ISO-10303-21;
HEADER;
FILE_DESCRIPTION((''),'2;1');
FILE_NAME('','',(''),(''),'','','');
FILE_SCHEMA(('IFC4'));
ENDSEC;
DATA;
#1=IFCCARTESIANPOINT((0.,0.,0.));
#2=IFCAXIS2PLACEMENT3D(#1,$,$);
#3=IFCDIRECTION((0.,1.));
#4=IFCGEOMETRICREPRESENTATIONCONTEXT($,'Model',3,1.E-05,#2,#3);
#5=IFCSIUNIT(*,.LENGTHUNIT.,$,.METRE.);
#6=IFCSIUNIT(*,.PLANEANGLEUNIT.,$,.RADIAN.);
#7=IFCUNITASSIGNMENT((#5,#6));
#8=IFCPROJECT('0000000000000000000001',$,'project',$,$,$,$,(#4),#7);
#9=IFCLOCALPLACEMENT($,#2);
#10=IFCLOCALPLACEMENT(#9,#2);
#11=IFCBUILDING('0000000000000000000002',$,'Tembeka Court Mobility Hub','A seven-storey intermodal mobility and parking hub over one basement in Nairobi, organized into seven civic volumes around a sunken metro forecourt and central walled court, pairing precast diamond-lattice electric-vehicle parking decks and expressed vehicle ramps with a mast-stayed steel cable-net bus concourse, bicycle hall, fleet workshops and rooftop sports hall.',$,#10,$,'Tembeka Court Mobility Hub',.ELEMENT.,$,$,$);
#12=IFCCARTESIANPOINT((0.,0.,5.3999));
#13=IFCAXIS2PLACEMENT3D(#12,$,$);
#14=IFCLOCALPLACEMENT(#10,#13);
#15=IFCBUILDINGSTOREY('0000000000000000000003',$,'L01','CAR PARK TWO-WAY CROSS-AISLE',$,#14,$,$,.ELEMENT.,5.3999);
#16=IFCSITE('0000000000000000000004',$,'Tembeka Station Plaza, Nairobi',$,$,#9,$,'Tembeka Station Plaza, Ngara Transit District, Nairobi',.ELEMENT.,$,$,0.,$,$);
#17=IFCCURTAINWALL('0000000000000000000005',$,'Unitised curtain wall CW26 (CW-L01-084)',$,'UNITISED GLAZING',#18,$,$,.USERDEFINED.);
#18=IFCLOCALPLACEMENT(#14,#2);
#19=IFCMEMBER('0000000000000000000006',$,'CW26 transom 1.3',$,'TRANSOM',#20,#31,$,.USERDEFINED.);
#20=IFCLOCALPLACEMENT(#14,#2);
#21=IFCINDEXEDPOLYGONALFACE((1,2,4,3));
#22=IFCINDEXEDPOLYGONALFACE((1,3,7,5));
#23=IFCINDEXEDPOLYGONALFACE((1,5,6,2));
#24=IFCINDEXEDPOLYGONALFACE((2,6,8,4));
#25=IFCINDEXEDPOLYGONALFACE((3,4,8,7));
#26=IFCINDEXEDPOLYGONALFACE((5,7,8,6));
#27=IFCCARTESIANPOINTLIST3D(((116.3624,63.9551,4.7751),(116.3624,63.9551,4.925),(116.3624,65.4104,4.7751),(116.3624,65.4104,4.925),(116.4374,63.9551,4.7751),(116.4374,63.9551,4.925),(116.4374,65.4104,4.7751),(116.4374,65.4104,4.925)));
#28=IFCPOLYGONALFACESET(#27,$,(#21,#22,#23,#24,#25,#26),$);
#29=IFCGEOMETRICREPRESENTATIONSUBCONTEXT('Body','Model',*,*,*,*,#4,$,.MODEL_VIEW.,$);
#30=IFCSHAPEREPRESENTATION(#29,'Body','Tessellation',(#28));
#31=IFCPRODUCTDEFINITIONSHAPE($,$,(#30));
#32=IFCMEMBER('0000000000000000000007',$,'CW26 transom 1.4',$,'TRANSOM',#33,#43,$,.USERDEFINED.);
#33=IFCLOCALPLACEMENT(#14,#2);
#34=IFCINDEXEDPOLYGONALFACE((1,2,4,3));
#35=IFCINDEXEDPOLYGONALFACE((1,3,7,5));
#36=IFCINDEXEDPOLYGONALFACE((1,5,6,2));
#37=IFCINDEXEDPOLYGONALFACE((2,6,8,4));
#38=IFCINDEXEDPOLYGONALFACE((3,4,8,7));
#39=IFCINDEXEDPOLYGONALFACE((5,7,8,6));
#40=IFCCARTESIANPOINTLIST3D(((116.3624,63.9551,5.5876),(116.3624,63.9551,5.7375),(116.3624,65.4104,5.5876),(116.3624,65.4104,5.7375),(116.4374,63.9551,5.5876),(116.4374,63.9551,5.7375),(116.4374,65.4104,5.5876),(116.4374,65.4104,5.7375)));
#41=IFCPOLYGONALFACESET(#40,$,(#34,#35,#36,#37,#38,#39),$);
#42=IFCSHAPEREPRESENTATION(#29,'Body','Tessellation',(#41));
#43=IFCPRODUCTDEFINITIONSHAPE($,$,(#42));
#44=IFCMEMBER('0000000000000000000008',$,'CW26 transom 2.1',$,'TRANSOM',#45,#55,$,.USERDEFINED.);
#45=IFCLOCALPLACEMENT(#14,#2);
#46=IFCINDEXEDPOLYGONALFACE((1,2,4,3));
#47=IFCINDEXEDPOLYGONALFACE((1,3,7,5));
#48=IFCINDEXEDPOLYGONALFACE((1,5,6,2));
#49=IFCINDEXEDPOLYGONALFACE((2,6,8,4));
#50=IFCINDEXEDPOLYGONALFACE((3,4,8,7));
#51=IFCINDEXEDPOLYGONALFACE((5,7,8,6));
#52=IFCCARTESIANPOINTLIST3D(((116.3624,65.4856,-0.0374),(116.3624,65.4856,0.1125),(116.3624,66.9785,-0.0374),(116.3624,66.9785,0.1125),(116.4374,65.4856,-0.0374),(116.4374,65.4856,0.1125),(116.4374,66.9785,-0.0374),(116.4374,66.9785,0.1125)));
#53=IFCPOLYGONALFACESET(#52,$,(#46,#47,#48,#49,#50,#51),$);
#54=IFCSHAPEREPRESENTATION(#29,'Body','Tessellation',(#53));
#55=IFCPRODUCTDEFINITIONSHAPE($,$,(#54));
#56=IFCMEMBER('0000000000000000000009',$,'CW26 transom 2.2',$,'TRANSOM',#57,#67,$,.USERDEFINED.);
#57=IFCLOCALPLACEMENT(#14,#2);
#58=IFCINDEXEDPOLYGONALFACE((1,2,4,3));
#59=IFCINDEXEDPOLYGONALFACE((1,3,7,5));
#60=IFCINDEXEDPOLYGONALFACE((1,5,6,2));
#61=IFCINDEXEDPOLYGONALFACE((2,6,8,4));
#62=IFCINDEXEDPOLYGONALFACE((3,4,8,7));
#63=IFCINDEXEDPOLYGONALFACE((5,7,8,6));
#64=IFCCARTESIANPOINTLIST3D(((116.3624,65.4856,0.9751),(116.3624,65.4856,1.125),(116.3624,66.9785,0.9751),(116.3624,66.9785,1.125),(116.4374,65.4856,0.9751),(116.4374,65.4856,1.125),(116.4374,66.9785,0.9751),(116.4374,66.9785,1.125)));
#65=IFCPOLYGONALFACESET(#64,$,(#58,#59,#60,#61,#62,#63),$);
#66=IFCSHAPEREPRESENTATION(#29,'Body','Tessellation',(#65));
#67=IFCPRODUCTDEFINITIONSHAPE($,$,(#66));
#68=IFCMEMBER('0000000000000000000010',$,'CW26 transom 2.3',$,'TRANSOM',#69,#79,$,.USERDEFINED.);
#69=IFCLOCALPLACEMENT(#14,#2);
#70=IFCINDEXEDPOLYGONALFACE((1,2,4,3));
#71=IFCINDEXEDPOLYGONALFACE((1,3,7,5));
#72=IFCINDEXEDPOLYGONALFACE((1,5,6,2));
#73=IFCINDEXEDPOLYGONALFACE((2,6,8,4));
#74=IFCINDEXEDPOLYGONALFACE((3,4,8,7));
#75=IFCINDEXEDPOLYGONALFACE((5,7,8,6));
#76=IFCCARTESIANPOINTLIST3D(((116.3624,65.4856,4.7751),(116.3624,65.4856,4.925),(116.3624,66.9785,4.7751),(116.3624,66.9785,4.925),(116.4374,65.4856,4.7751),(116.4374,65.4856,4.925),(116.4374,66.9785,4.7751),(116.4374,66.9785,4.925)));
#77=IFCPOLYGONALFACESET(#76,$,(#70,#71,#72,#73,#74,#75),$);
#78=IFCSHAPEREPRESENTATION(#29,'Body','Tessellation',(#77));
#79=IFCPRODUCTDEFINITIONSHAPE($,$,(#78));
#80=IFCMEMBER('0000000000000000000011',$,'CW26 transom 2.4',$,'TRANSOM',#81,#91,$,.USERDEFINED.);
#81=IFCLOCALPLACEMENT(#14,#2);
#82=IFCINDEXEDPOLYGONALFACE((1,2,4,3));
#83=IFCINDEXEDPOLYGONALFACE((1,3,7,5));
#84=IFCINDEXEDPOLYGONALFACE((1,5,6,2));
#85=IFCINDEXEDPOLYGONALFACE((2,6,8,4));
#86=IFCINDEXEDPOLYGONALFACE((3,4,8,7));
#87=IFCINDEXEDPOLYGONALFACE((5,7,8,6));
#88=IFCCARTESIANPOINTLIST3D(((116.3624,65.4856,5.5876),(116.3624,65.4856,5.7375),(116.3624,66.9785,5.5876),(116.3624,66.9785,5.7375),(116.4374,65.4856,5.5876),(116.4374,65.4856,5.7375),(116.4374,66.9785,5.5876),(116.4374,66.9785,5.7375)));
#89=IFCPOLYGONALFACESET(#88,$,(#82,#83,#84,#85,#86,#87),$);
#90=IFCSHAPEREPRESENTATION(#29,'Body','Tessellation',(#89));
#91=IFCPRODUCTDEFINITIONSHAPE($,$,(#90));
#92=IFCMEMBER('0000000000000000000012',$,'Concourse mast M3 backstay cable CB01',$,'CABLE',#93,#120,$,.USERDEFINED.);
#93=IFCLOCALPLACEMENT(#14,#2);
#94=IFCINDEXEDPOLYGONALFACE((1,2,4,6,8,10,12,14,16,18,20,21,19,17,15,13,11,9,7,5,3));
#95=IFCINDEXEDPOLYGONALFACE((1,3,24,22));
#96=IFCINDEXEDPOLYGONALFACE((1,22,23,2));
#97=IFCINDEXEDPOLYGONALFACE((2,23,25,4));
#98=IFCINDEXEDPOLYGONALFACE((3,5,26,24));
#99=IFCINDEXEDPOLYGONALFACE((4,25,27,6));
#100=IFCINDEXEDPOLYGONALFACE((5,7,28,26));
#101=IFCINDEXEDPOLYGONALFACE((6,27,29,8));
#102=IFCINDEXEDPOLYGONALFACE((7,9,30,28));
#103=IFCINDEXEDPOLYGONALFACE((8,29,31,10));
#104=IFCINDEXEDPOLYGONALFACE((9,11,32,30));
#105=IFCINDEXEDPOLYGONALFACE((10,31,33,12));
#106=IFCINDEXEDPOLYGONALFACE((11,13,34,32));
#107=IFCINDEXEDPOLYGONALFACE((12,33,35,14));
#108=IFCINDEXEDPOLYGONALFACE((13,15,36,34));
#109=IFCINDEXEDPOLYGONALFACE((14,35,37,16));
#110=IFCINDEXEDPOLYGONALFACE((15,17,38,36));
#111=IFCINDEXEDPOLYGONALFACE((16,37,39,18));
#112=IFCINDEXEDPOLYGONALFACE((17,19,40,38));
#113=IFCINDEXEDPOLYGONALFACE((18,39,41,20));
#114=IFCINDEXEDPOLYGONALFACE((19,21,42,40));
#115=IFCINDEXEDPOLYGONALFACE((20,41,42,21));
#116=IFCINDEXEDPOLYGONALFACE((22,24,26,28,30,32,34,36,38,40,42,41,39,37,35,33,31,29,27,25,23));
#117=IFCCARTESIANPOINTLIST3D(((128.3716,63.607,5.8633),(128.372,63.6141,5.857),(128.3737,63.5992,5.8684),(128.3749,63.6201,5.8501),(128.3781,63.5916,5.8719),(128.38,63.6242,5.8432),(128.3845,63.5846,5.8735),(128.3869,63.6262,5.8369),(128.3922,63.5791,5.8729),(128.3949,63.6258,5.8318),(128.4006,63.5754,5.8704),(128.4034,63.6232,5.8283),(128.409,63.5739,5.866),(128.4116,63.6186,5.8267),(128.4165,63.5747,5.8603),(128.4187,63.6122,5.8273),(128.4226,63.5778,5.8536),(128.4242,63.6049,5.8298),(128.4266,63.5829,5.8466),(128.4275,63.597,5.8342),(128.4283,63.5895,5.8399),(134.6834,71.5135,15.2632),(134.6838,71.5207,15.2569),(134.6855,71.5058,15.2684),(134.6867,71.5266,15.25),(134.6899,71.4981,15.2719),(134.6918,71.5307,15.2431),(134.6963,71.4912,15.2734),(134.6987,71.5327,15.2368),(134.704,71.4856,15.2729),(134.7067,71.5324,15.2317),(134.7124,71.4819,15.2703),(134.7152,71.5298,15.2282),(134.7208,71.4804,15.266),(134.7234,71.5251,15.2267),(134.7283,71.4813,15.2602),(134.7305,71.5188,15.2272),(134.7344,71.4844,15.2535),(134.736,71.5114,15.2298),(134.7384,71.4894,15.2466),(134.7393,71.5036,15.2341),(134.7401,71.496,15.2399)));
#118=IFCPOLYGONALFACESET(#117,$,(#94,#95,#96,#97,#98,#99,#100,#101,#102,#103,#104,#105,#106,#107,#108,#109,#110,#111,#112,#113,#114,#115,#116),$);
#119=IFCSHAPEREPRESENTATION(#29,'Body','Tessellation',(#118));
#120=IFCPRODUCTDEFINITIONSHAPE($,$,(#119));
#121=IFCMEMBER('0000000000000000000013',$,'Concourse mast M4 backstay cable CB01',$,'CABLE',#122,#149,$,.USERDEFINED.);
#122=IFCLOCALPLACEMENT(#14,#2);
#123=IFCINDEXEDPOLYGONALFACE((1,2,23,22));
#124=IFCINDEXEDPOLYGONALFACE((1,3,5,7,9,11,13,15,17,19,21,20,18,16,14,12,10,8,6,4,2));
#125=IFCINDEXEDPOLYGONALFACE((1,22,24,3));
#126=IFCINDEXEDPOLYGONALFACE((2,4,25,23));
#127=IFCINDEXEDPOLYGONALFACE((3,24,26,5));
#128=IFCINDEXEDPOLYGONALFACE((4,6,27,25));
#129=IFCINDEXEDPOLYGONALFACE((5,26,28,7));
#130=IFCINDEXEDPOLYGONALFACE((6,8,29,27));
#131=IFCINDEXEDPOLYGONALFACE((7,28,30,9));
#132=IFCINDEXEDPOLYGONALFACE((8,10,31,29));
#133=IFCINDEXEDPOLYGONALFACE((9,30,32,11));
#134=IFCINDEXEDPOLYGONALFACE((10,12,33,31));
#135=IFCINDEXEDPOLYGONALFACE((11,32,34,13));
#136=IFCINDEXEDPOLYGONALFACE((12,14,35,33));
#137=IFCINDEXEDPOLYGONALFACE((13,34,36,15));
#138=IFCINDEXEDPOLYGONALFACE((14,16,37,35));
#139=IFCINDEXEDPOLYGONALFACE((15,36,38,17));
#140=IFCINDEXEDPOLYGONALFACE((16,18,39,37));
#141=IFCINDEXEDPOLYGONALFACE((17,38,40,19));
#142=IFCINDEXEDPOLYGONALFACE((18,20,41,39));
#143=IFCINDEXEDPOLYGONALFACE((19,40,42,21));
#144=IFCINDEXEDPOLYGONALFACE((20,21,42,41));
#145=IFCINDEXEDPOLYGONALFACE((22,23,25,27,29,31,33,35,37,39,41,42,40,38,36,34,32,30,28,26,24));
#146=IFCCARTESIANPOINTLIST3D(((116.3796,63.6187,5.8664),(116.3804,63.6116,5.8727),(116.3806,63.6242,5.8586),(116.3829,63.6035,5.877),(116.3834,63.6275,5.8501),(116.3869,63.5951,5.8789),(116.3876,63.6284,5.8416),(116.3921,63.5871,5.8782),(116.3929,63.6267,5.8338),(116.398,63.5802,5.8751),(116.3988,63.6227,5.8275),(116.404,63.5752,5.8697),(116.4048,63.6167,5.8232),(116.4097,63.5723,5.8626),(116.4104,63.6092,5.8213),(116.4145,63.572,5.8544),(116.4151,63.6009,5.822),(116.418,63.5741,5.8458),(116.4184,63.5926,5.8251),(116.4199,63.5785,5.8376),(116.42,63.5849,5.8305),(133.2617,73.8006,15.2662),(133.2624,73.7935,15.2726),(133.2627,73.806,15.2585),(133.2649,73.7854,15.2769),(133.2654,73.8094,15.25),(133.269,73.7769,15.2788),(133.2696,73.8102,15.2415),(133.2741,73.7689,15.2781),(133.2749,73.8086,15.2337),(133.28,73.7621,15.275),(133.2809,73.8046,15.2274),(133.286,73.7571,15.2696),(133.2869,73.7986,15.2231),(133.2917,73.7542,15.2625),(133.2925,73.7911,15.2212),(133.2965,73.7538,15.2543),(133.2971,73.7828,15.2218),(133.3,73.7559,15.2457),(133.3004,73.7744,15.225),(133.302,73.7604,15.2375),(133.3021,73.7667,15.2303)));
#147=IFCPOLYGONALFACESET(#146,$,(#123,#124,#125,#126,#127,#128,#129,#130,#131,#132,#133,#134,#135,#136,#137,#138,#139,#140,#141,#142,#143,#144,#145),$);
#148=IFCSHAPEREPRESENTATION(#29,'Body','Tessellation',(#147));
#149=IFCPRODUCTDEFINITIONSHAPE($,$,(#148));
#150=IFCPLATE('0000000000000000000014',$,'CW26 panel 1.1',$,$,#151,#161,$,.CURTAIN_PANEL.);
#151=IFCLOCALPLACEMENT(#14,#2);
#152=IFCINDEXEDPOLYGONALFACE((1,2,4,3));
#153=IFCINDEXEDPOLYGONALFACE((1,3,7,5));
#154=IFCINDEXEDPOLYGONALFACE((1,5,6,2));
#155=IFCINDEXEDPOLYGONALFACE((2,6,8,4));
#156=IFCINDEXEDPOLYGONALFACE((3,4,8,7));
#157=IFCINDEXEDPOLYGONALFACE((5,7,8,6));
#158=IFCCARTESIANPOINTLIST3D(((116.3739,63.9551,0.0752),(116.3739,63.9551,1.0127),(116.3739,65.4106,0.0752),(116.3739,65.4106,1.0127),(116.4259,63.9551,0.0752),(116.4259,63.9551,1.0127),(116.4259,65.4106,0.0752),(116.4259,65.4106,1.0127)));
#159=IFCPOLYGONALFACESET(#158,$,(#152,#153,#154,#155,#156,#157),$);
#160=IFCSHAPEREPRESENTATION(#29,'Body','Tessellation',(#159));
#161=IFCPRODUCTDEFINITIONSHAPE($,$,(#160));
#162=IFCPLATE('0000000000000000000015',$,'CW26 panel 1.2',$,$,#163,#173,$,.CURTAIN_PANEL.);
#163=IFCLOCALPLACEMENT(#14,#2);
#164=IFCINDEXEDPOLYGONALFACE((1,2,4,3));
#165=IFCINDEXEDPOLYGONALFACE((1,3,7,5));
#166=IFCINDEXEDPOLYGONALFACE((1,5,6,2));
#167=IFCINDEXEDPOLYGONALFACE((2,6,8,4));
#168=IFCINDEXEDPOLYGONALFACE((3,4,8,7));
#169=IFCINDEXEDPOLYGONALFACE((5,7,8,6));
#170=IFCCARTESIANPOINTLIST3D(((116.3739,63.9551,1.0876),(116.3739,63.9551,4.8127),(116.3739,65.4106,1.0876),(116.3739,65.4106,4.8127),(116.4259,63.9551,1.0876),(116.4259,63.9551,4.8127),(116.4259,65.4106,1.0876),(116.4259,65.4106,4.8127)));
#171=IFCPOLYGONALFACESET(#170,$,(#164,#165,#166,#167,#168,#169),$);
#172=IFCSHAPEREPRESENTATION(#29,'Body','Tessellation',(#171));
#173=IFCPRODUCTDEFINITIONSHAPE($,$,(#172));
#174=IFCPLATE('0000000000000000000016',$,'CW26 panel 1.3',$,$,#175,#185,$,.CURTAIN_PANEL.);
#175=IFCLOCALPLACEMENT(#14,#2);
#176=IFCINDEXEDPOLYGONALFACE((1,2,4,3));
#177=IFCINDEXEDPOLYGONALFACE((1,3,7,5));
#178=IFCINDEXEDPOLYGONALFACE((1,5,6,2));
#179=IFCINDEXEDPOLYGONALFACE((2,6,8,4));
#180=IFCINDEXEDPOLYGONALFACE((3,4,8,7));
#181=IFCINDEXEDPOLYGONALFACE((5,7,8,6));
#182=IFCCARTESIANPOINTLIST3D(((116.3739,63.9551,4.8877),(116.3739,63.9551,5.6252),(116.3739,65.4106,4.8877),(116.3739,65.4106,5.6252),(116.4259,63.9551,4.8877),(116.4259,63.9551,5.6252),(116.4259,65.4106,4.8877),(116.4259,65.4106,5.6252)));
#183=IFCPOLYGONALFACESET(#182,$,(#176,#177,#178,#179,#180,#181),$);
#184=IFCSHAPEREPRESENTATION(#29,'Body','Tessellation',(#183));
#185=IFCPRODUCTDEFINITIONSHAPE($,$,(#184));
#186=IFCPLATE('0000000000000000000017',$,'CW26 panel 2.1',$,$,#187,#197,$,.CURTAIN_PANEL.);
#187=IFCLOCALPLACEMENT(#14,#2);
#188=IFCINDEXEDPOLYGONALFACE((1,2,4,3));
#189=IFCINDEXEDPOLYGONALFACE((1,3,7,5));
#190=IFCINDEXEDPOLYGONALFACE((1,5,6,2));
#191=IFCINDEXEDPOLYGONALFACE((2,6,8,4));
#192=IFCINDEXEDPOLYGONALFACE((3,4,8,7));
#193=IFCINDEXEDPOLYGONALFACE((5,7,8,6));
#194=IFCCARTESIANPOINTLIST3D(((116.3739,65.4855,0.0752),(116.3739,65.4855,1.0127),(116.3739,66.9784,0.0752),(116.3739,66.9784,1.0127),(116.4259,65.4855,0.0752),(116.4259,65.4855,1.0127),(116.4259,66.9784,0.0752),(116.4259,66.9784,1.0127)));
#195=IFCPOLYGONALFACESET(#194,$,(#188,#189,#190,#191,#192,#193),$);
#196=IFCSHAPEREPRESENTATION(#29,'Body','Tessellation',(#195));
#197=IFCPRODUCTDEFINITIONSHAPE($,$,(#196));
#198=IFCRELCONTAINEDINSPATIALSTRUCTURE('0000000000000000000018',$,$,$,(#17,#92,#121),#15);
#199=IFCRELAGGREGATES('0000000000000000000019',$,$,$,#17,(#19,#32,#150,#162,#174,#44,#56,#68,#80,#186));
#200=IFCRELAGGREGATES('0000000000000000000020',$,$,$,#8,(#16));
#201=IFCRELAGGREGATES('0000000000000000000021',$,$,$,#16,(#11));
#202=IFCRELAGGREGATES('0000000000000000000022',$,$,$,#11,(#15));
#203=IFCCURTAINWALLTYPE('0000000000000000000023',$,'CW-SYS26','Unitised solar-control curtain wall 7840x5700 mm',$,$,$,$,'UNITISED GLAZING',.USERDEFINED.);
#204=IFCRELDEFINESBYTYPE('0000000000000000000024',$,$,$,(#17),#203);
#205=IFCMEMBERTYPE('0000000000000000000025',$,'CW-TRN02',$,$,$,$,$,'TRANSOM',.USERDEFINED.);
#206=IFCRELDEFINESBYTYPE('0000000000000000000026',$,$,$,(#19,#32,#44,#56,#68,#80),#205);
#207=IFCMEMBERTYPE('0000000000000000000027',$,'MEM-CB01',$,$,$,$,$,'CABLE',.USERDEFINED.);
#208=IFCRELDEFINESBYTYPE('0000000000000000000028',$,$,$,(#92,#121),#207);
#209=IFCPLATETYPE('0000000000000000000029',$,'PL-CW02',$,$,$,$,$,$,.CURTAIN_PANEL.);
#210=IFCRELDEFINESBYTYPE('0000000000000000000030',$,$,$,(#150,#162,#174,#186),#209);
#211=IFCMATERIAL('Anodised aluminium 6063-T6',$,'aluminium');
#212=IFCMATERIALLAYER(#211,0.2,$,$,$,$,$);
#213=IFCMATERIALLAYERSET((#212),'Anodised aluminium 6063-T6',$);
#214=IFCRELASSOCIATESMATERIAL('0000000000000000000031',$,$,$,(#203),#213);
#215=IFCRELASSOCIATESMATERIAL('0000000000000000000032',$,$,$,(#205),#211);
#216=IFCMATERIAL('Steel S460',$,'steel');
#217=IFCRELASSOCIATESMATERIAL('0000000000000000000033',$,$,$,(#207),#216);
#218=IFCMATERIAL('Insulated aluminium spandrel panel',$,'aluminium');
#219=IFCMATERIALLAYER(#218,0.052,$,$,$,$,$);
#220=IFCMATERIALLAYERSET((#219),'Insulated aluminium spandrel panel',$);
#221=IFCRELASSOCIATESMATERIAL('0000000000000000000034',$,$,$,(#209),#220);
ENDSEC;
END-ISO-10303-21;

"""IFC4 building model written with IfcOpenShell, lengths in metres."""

from ifc_helpers import new_model, si_unit, direction, frame, origin, origin_2d, place, context, subcontext, project, spatial, rectangle, circle, extrude, material, layer, layer_set, material_profile, profile_set, type_object, element, aggregate, save


model = new_model("IFC4")

# Units and contexts
model_context = context("Model", 3, precision=1e-05, world=origin(), true_north=direction((0.0, 1.0)))
body_context = subcontext(model_context, "Body", "Model", "MODEL_VIEW")
ifc_project = project(units=[si_unit("LENGTHUNIT", "METRE"), si_unit("PLANEANGLEUNIT", "RADIAN")], contexts=[model_context])

# Site, building, storey
site_placement = place(None, origin())
site = spatial("IfcSite", under=ifc_project, at=site_placement, Name="Tembeka Station Plaza, Nairobi", LongName="Tembeka Station Plaza, Ngara Transit District, Nairobi", CompositionType="ELEMENT", RefElevation=0.0)
building_placement = place(site_placement, origin())
building = spatial("IfcBuilding", under=site, at=building_placement, Name="Tembeka Court Mobility Hub", Description="A seven-storey intermodal mobility and parking hub over one basement in Nairobi, organized into seven civic volumes around a sunken metro forecourt and central walled court, pairing precast diamond-lattice electric-vehicle parking decks and expressed vehicle ramps with a mast-stayed steel cable-net bus concourse, bicycle hall, fleet workshops and rooftop sports hall.", LongName="Tembeka Court Mobility Hub", CompositionType="ELEMENT")
storey_placement = place(building_placement, frame((0.0, 0.0, 5.3999)))
storey = spatial("IfcBuildingStorey", under=building, at=storey_placement, Name="L01", Description="CAR PARK TWO-WAY CROSS-AISLE", CompositionType="ELEMENT", Elevation=5.3999)

# Curtain wall, members
ifc_material_1 = material(Name="Anodised aluminium 6063-T6", Category="aluminium")
ifc_layer_1 = layer(ifc_material_1, 0.2)
ifc_layer_set_1 = layer_set([ifc_layer_1], Name="Anodised aluminium 6063-T6")
curtain_wall_type = type_object("IfcCurtainWallType", Name="CW-SYS26", Description="Unitised solar-control curtain wall 7840x5700 mm", ElementType="UNITISED GLAZING", PredefinedType="USERDEFINED", material=ifc_layer_set_1)
curtain_wall_placement = place(storey_placement, origin())
curtain_wall = element("IfcCurtainWall", 1, at=curtain_wall_placement, inside=storey, type_object=curtain_wall_type, Name="Unitised curtain wall CW26 (CW-L01-084)", ObjectType="UNITISED GLAZING", PredefinedType="USERDEFINED")
ifc_material_profile_1 = material_profile(ifc_material_1, rectangle(XDim=0.075, YDim=0.1499, at=origin_2d()), Name="ALU-TRN 75x150")
ifc_profile_set_1 = profile_set([ifc_material_profile_1], Name="Anodised aluminium 6063-T6")
member_type_1 = type_object("IfcMemberType", Name="CW-TRN02", ElementType="TRANSOM", PredefinedType="USERDEFINED", material=ifc_profile_set_1)
member_1_placement = place(storey_placement, frame((116.3999, 63.9551, 4.8501), z_axis=(0.0, 1.0, 0.0), x_axis=(-1.0, 0.0, 0.0)))
member_1 = element("IfcMember", 2, at=member_1_placement, type_object=member_type_1, Name="CW26 transom 1.3", ObjectType="TRANSOM", PredefinedType="USERDEFINED", context=body_context, shape_type="SweptSolid", body=[
    extrude(rectangle(XDim=0.075, YDim=0.1499, at=origin_2d()), origin(), (0.0, 0.0, 1.0), 1.4553),
])
member_2_placement = place(storey_placement, frame((116.3999, 63.9551, 5.6626), z_axis=(0.0, 1.0, 0.0), x_axis=(-1.0, 0.0, 0.0)))
member_2 = element("IfcMember", 3, at=member_2_placement, type_object=member_type_1, Name="CW26 transom 1.4", ObjectType="TRANSOM", PredefinedType="USERDEFINED", context=body_context, shape_type="SweptSolid", body=[
    extrude(rectangle(XDim=0.075, YDim=0.1499, at=origin_2d()), origin(), (0.0, 0.0, 1.0), 1.4553),
])
member_3_placement = place(storey_placement, frame((116.3999, 65.4856, 0.0376), z_axis=(0.0, 1.0, 0.0), x_axis=(-1.0, 0.0, 0.0)))
member_3 = element("IfcMember", 4, at=member_3_placement, type_object=member_type_1, Name="CW26 transom 2.1", ObjectType="TRANSOM", PredefinedType="USERDEFINED", context=body_context, shape_type="SweptSolid", body=[
    extrude(rectangle(XDim=0.075, YDim=0.1499, at=origin_2d()), origin(), (0.0, 0.0, 1.0), 1.4929),
])
member_4_placement = place(storey_placement, frame((116.3999, 65.4856, 1.05), z_axis=(0.0, 1.0, 0.0), x_axis=(-1.0, 0.0, 0.0)))
member_4 = element("IfcMember", 5, at=member_4_placement, type_object=member_type_1, Name="CW26 transom 2.2", ObjectType="TRANSOM", PredefinedType="USERDEFINED", context=body_context, shape_type="SweptSolid", body=[
    extrude(rectangle(XDim=0.075, YDim=0.1499, at=origin_2d()), origin(), (0.0, 0.0, 1.0), 1.4929),
])
member_5_placement = place(storey_placement, frame((116.3999, 65.4856, 4.8501), z_axis=(0.0, 1.0, 0.0), x_axis=(-1.0, 0.0, 0.0)))
member_5 = element("IfcMember", 6, at=member_5_placement, type_object=member_type_1, Name="CW26 transom 2.3", ObjectType="TRANSOM", PredefinedType="USERDEFINED", context=body_context, shape_type="SweptSolid", body=[
    extrude(rectangle(XDim=0.075, YDim=0.1499, at=origin_2d()), origin(), (0.0, 0.0, 1.0), 1.4929),
])
member_6_placement = place(storey_placement, frame((116.3999, 65.4856, 5.6626), z_axis=(0.0, 1.0, 0.0), x_axis=(-1.0, 0.0, 0.0)))
member_6 = element("IfcMember", 7, at=member_6_placement, type_object=member_type_1, Name="CW26 transom 2.4", ObjectType="TRANSOM", PredefinedType="USERDEFINED", context=body_context, shape_type="SweptSolid", body=[
    extrude(rectangle(XDim=0.075, YDim=0.1499, at=origin_2d()), origin(), (0.0, 0.0, 1.0), 1.4929),
])

# Members
ifc_material_2 = material(Name="Steel S460", Category="steel")
ifc_material_profile_2 = material_profile(ifc_material_2, circle(Radius=0.032, at=origin_2d()), Name="CABLE D64")
ifc_profile_set_2 = profile_set([ifc_material_profile_2], Name="Steel S460")
member_type_2 = type_object("IfcMemberType", Name="MEM-CB01", ElementType="CABLE", PredefinedType="USERDEFINED", material=ifc_profile_set_2)
member_7_placement = place(storey_placement, frame((128.3999, 63.6001, 5.8501), z_axis=(0.457052, 0.57253, 0.680671), x_axis=(-0.781516, 0.623885, 0.0)))
element("IfcMember", 8, at=member_7_placement, inside=storey, type_object=member_type_2, Name="Concourse mast M3 backstay cable CB01", ObjectType="CABLE", PredefinedType="USERDEFINED", context=body_context, shape_type="SweptSolid", body=[
    extrude(circle(Radius=0.032, at=origin_2d()), origin(), (0.0, 0.0, 1.0), 13.8098),
])
member_8_placement = place(storey_placement, frame((116.3999, 63.6001, 5.8501), z_axis=(0.77295, 0.46618, 0.430377), x_axis=(-0.516458, 0.856313, 0.0)))
element("IfcMember", 9, at=member_8_placement, inside=storey, type_object=member_type_2, Name="Concourse mast M4 backstay cable CB01", ObjectType="CABLE", PredefinedType="USERDEFINED", context=body_context, shape_type="SweptSolid", body=[
    extrude(circle(Radius=0.032, at=origin_2d()), origin(), (0.0, 0.0, 1.0), 21.8411),
])

# Plates
ifc_material_3 = material(Name="Insulated aluminium spandrel panel", Category="aluminium")
ifc_layer_2 = layer(ifc_material_3, 0.052)
ifc_layer_set_2 = layer_set([ifc_layer_2], Name="Insulated aluminium spandrel panel")
plate_type = type_object("IfcPlateType", Name="PL-CW02", PredefinedType="CURTAIN_PANEL", material=ifc_layer_set_2)
plate_1_placement = place(storey_placement, frame((116.3999, 64.6829, 0.0752), z_axis=(0.0, 0.0, 1.0), x_axis=(0.0, 1.0, 0.0)))
plate_1 = element("IfcPlate", 10, at=plate_1_placement, type_object=plate_type, Name="CW26 panel 1.1", PredefinedType="CURTAIN_PANEL", context=body_context, shape_type="SweptSolid", body=[
    extrude(rectangle(XDim=1.4556, YDim=0.052, at=origin_2d()), origin(), (0.0, 0.0, 1.0), 0.9375),
])
plate_2_placement = place(storey_placement, frame((116.3999, 64.6829, 1.0876), z_axis=(0.0, 0.0, 1.0), x_axis=(0.0, 1.0, 0.0)))
plate_2 = element("IfcPlate", 11, at=plate_2_placement, type_object=plate_type, Name="CW26 panel 1.2", PredefinedType="CURTAIN_PANEL", context=body_context, shape_type="SweptSolid", body=[
    extrude(rectangle(XDim=1.4556, YDim=0.052, at=origin_2d()), origin(), (0.0, 0.0, 1.0), 3.7251),
])
plate_3_placement = place(storey_placement, frame((116.3999, 64.6829, 4.8877), z_axis=(0.0, 0.0, 1.0), x_axis=(0.0, 1.0, 0.0)))
plate_3 = element("IfcPlate", 12, at=plate_3_placement, type_object=plate_type, Name="CW26 panel 1.3", PredefinedType="CURTAIN_PANEL", context=body_context, shape_type="SweptSolid", body=[
    extrude(rectangle(XDim=1.4556, YDim=0.052, at=origin_2d()), origin(), (0.0, 0.0, 1.0), 0.7375),
])
plate_4_placement = place(storey_placement, frame((116.3999, 66.2319, 0.0752), z_axis=(0.0, 0.0, 1.0), x_axis=(0.0, 1.0, 0.0)))
plate_4 = element("IfcPlate", 13, at=plate_4_placement, type_object=plate_type, Name="CW26 panel 2.1", PredefinedType="CURTAIN_PANEL", context=body_context, shape_type="SweptSolid", body=[
    extrude(rectangle(XDim=1.4929, YDim=0.052, at=origin_2d()), origin(), (0.0, 0.0, 1.0), 0.9375),
])
aggregate(curtain_wall, [member_1, member_2, plate_1, plate_2, plate_3, member_3, member_4, member_5, member_6, plate_4])

save(model, "model.ifc")
